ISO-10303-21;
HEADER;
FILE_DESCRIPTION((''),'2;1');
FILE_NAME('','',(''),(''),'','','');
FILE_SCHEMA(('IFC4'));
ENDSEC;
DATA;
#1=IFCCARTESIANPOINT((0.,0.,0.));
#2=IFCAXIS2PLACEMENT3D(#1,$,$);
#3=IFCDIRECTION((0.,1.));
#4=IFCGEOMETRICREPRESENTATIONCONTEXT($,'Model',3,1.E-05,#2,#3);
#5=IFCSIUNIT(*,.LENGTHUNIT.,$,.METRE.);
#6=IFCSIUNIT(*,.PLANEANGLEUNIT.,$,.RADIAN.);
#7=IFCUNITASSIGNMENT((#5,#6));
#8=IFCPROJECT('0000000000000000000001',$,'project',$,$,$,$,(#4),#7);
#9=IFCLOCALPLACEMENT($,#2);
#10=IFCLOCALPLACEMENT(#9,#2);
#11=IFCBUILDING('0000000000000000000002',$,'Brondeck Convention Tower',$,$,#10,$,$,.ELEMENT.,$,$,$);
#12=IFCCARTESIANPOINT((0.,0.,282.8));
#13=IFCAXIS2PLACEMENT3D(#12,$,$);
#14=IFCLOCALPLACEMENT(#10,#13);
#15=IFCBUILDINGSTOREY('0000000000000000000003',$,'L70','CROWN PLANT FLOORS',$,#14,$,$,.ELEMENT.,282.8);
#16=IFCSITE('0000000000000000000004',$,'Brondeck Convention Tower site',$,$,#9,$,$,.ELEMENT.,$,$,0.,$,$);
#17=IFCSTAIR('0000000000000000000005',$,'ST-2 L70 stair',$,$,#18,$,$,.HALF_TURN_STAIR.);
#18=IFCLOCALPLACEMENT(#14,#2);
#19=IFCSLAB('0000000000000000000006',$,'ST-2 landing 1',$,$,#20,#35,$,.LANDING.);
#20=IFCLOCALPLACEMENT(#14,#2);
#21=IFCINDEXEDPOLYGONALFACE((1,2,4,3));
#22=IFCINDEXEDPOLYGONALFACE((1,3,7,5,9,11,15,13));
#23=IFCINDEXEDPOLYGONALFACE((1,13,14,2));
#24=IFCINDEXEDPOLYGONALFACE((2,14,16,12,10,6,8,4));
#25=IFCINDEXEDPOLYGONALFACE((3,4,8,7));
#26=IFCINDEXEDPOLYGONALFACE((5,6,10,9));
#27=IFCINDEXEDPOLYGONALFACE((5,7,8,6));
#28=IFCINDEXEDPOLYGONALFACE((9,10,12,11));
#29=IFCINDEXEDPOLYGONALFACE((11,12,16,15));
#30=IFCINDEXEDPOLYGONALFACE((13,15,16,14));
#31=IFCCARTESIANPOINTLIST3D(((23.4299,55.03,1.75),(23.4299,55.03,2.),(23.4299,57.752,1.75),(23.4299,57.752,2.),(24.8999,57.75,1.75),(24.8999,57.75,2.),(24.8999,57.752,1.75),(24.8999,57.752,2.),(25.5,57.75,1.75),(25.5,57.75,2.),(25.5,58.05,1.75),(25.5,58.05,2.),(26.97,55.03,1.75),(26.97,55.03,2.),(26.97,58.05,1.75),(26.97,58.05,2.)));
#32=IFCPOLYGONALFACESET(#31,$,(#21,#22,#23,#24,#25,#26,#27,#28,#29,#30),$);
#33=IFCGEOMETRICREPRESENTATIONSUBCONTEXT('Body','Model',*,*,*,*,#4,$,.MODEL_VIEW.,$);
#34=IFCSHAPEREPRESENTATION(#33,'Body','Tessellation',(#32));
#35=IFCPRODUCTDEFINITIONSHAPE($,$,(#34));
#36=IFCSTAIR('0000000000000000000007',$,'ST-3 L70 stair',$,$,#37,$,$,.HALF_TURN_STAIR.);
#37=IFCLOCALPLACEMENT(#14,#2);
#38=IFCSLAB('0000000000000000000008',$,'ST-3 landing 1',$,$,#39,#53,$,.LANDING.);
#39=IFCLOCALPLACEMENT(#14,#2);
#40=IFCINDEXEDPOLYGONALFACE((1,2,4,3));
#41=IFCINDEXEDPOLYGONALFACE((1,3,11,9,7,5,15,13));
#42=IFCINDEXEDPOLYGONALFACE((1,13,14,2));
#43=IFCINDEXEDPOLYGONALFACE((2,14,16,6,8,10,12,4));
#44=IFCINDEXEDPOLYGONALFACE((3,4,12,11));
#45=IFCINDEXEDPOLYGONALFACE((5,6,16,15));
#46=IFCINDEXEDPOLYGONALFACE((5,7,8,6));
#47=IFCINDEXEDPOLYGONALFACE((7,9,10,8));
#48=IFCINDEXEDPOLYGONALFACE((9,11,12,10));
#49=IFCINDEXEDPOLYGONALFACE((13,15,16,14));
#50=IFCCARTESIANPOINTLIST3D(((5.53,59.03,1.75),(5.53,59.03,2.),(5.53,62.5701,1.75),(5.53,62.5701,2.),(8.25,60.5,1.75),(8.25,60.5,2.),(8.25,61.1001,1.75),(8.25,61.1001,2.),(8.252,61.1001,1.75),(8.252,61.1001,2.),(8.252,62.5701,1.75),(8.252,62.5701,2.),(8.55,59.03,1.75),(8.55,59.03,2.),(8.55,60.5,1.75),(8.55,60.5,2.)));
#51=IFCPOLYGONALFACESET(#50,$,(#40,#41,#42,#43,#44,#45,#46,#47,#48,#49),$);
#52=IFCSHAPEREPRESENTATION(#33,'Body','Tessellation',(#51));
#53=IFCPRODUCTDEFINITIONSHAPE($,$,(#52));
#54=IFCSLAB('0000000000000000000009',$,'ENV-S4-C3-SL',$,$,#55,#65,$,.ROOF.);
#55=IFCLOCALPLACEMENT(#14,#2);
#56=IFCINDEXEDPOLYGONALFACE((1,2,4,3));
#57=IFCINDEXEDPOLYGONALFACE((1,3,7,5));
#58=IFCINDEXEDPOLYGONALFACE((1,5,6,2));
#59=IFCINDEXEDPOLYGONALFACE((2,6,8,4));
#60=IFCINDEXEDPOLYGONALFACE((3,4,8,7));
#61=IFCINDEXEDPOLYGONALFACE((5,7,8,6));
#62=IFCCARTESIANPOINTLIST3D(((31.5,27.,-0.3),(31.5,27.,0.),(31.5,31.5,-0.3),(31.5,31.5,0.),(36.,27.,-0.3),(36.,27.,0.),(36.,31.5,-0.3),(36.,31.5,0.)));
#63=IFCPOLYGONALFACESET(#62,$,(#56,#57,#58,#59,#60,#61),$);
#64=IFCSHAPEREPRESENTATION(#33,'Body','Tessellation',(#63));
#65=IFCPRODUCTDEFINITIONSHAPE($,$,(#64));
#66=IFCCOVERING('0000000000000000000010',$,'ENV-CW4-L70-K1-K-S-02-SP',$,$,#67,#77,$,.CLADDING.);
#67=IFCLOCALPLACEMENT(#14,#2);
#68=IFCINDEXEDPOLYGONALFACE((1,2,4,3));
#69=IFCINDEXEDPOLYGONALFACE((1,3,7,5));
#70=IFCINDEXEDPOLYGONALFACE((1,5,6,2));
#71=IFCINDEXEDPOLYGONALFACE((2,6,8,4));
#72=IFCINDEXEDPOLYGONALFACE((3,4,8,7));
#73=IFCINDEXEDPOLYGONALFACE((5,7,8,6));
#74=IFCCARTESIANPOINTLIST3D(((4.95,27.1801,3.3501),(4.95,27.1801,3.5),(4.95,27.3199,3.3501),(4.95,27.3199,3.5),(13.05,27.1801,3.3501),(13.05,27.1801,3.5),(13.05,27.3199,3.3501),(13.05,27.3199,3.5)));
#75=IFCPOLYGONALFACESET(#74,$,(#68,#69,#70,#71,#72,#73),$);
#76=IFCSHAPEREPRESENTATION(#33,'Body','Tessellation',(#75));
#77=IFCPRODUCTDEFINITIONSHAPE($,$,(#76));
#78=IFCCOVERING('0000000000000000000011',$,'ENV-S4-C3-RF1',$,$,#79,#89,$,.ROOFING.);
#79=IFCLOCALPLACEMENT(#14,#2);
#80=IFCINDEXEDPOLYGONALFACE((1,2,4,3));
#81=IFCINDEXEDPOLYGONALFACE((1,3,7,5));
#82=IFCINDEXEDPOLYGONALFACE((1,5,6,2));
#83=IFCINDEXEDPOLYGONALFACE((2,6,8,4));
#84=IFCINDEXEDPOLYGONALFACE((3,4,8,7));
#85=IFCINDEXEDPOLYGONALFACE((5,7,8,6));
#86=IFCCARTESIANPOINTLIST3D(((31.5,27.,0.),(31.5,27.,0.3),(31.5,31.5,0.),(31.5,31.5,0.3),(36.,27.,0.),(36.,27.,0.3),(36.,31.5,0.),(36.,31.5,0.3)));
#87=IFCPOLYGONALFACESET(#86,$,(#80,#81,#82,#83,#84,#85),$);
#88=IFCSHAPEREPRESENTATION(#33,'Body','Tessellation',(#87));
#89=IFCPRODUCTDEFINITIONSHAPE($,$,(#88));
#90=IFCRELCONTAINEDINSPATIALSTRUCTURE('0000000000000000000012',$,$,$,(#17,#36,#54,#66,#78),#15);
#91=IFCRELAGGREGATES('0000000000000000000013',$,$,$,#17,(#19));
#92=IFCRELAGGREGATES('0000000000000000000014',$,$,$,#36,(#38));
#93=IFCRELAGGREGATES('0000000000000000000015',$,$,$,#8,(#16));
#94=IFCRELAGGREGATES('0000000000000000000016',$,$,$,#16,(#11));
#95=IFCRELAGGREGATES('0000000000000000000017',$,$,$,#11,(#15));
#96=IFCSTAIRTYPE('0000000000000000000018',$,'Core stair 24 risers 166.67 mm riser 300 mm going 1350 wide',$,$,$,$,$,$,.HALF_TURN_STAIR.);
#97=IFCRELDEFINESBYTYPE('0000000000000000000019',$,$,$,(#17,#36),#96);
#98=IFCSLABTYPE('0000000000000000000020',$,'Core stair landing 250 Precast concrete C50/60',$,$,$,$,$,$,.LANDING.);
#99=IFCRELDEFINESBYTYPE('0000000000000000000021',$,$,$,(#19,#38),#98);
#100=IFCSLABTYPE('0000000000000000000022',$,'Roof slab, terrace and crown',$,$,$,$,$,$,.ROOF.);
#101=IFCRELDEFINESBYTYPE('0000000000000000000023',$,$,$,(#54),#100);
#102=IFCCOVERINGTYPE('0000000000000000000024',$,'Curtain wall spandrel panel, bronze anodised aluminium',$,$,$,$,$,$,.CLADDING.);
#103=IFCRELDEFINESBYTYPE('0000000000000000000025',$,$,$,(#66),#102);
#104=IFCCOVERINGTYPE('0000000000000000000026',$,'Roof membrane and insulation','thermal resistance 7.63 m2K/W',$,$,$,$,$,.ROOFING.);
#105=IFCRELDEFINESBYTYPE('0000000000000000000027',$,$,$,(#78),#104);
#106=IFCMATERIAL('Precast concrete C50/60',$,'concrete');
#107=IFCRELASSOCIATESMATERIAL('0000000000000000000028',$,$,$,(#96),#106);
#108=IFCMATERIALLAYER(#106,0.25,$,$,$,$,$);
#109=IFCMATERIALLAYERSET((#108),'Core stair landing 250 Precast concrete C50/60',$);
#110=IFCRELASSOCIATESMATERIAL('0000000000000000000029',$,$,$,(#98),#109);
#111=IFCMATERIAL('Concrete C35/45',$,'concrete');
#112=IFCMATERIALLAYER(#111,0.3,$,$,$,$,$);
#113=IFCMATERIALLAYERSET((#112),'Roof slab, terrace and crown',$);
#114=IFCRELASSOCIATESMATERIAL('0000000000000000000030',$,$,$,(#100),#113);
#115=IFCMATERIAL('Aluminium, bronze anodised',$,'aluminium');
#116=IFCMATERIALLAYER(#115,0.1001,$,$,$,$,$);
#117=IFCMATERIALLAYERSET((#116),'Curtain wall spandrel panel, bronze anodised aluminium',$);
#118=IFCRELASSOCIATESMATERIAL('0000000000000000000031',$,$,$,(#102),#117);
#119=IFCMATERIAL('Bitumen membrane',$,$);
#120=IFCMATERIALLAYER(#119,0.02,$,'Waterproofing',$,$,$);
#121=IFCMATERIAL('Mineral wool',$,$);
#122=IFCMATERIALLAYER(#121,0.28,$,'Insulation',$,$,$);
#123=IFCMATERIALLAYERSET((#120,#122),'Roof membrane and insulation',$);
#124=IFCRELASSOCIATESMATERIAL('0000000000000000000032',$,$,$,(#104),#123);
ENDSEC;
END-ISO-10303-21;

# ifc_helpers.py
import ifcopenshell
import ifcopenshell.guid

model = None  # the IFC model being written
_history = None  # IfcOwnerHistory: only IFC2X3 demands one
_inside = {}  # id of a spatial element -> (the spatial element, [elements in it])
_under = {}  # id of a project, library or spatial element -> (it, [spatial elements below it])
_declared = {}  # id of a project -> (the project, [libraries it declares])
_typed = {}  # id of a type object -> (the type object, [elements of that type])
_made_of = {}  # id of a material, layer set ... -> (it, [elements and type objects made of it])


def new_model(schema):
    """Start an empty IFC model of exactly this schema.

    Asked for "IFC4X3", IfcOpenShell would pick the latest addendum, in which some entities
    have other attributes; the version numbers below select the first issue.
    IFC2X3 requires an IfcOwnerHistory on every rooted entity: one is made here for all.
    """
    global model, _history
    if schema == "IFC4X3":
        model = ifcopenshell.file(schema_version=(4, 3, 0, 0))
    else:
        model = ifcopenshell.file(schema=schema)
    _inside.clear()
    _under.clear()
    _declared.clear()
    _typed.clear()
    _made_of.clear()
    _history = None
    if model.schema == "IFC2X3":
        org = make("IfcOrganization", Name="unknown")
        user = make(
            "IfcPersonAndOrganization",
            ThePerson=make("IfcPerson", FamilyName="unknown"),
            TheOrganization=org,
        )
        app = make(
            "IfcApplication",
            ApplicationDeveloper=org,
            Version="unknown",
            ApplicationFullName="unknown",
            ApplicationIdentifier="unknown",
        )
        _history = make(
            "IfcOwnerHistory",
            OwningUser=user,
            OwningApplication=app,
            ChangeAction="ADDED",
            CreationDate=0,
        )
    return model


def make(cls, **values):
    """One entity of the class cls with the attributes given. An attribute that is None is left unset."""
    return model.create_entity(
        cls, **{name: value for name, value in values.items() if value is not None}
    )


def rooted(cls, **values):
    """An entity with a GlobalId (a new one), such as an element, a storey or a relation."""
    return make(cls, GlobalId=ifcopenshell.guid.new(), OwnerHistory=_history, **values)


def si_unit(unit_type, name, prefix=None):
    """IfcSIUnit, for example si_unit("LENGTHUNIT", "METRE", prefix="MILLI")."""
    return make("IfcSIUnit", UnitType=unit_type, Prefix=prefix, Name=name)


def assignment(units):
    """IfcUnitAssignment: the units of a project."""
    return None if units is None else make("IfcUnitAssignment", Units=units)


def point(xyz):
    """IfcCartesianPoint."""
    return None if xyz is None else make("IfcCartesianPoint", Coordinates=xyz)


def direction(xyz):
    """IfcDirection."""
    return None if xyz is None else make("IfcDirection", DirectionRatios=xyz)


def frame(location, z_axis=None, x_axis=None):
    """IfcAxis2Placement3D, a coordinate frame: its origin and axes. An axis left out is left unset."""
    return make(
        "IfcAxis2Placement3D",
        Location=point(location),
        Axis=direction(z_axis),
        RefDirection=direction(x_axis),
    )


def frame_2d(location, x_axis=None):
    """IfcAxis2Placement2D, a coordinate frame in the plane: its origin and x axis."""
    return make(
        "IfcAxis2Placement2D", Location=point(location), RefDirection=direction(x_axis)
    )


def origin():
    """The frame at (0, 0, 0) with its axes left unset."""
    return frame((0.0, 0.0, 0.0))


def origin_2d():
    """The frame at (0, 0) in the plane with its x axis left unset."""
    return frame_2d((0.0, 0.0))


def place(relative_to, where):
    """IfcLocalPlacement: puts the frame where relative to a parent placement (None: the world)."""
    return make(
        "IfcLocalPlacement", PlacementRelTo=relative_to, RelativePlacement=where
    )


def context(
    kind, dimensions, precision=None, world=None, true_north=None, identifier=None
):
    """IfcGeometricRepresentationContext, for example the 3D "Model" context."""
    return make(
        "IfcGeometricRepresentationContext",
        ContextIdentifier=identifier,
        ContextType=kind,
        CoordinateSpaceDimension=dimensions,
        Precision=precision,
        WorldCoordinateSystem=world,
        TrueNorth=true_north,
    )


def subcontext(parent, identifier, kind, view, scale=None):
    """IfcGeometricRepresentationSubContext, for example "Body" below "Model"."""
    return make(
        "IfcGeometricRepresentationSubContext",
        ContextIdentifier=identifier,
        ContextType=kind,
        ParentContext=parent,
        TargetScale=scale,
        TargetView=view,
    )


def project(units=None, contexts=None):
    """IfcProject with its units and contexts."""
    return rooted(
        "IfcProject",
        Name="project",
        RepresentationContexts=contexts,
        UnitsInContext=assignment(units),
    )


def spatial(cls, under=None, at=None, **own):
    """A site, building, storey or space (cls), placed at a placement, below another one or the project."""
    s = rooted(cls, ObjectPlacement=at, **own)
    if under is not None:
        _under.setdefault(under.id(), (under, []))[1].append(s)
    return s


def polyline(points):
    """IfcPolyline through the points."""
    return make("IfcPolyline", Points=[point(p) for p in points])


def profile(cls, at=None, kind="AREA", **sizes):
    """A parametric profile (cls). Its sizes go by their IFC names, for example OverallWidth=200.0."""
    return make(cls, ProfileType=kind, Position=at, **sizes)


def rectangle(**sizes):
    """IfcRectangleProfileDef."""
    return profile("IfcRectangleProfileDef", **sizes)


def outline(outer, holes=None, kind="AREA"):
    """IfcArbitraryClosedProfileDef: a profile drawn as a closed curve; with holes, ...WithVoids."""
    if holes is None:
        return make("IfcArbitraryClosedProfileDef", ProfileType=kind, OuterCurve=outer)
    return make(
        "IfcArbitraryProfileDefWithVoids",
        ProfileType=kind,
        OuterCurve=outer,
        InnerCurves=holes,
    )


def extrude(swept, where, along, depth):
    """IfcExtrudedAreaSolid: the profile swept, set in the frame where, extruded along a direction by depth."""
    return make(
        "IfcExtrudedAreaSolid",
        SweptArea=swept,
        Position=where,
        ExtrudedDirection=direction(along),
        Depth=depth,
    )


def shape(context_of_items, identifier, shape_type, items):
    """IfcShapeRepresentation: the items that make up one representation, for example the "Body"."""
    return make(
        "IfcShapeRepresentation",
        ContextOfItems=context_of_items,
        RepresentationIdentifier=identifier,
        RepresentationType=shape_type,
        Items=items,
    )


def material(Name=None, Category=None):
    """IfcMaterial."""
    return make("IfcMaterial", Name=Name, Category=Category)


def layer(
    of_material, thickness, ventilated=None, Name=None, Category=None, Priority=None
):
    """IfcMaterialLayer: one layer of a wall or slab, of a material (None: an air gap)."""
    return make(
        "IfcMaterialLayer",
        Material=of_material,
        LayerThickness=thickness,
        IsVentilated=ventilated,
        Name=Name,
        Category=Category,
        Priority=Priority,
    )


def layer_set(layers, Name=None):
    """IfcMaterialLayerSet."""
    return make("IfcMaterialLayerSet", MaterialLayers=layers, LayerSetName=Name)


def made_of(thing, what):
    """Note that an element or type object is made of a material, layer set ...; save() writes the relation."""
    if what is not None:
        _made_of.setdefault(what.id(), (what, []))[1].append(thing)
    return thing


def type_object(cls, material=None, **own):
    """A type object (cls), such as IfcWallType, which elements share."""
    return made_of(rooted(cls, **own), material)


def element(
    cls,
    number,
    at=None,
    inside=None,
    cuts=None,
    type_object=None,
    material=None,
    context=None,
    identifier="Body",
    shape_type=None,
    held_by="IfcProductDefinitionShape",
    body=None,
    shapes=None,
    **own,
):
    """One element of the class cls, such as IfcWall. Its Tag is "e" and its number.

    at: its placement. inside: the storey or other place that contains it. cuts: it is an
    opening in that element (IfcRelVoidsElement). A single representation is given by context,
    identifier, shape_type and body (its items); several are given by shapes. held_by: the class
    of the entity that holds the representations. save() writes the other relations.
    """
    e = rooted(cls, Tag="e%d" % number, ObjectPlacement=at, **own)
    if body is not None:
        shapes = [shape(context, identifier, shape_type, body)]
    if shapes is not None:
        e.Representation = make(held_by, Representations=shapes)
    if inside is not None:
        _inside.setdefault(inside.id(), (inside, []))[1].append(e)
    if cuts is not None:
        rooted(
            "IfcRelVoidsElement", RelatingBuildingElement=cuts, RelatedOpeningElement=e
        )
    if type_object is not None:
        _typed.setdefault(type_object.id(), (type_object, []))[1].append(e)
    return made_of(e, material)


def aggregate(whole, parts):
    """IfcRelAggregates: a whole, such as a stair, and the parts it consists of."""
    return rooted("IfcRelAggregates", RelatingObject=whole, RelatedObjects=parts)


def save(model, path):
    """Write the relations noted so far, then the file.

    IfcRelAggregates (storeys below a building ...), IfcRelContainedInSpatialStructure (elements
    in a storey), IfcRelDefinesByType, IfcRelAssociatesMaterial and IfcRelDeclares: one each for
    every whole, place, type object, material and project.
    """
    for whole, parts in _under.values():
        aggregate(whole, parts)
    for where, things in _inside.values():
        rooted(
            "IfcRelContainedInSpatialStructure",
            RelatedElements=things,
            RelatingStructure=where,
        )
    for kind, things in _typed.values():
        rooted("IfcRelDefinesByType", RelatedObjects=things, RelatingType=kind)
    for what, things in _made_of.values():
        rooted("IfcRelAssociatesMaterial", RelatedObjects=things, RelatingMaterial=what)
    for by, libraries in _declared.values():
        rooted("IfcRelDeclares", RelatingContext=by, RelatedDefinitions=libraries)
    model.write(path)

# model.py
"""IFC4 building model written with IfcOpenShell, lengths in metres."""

from ifc_helpers import new_model, si_unit, direction, frame, origin, origin_2d, place, context, subcontext, project, spatial, polyline, rectangle, outline, extrude, material, layer, layer_set, type_object, element, aggregate, save


model = new_model("IFC4")

# Units and contexts
model_context = context("Model", 3, precision=1e-05, world=origin(), true_north=direction((0.0, 1.0)))
body_context = subcontext(model_context, "Body", "Model", "MODEL_VIEW")
ifc_project = project(units=[si_unit("LENGTHUNIT", "METRE"), si_unit("PLANEANGLEUNIT", "RADIAN")], contexts=[model_context])

# Site, building, storey
site_placement = place(None, origin())
site = spatial("IfcSite", under=ifc_project, at=site_placement, Name="Brondeck Convention Tower site", CompositionType="ELEMENT", RefElevation=0.0)
building_placement = place(site_placement, origin())
building = spatial("IfcBuilding", under=site, at=building_placement, Name="Brondeck Convention Tower", CompositionType="ELEMENT")
storey_placement = place(building_placement, frame((0.0, 0.0, 282.8)))
storey = spatial("IfcBuildingStorey", under=building, at=storey_placement, Name="L70", Description="CROWN PLANT FLOORS", CompositionType="ELEMENT", Elevation=282.8)

# Shared definitions
ifc_material_1 = material(Name="Aluminium, bronze anodised", Category="aluminium")

# Stairs, slabs
ifc_material_2 = material(Name="Precast concrete C50/60", Category="concrete")
stair_type = type_object("IfcStairType", Name="Core stair 24 risers 166.67 mm riser 300 mm going 1350 wide", PredefinedType="HALF_TURN_STAIR", material=ifc_material_2)
ifc_layer_1 = layer(ifc_material_2, 0.25)
ifc_layer_set_1 = layer_set([ifc_layer_1], Name="Core stair landing 250 Precast concrete C50/60")
slab_type_1 = type_object("IfcSlabType", Name="Core stair landing 250 Precast concrete C50/60", PredefinedType="LANDING", material=ifc_layer_set_1)
stair_1_placement = place(storey_placement, origin())
stair_1 = element("IfcStair", 1, at=stair_1_placement, inside=storey, type_object=stair_type, Name="ST-2 L70 stair", PredefinedType="HALF_TURN_STAIR")
slab_1_placement = place(storey_placement, frame((0.0, 0.0, 1.75)))
slab_1 = element("IfcSlab", 2, at=slab_1_placement, type_object=slab_type_1, Name="ST-2 landing 1", PredefinedType="LANDING", context=body_context, shape_type="SweptSolid", body=[
    extrude(outline(polyline([(23.4299, 57.752), (24.8999, 57.752), (24.8999, 57.75), (25.5, 57.75), (25.5, 58.05), (26.97, 58.05), (26.97, 55.03), (23.4299, 55.03), (23.4299, 57.752)])), origin(), (0.0, 0.0, 1.0), 0.25),
])
aggregate(stair_1, [slab_1])
stair_2_placement = place(storey_placement, origin())
stair_2 = element("IfcStair", 3, at=stair_2_placement, inside=storey, type_object=stair_type, Name="ST-3 L70 stair", PredefinedType="HALF_TURN_STAIR")
slab_2_placement = place(storey_placement, frame((0.0, 0.0, 1.75)))
slab_2 = element("IfcSlab", 4, at=slab_2_placement, type_object=slab_type_1, Name="ST-3 landing 1", PredefinedType="LANDING", context=body_context, shape_type="SweptSolid", body=[
    extrude(outline(polyline([(8.55, 60.5), (8.55, 59.03), (5.53, 59.03), (5.53, 62.5701), (8.252, 62.5701), (8.252, 61.1001), (8.25, 61.1001), (8.25, 60.5), (8.55, 60.5)])), origin(), (0.0, 0.0, 1.0), 0.25),
])
aggregate(stair_2, [slab_2])

# Slab
ifc_material_3 = material(Name="Concrete C35/45", Category="concrete")
ifc_layer_2 = layer(ifc_material_3, 0.3)
ifc_layer_set_2 = layer_set([ifc_layer_2], Name="Roof slab, terrace and crown")
slab_type_2 = type_object("IfcSlabType", Name="Roof slab, terrace and crown", PredefinedType="ROOF", material=ifc_layer_set_2)
slab_3_placement = place(storey_placement, frame((0.0, 0.0, -0.3)))
element("IfcSlab", 5, at=slab_3_placement, inside=storey, type_object=slab_type_2, Name="ENV-S4-C3-SL", PredefinedType="ROOF", context=body_context, shape_type="SweptSolid", body=[
    extrude(outline(polyline([(36.0, 27.0), (36.0, 31.5), (31.5, 31.5), (31.5, 27.0), (36.0, 27.0)])), origin(), (0.0, 0.0, 1.0), 0.3),
])

# Coverings
ifc_layer_3 = layer(ifc_material_1, 0.1001)
ifc_layer_set_3 = layer_set([ifc_layer_3], Name="Curtain wall spandrel panel, bronze anodised aluminium")
covering_type_1 = type_object("IfcCoveringType", Name="Curtain wall spandrel panel, bronze anodised aluminium", PredefinedType="CLADDING", material=ifc_layer_set_3)
covering_1_placement = place(storey_placement, frame((9.0, 27.25, 3.3501), z_axis=(0.0, 0.0, 1.0), x_axis=(-1.0, 0.0, 0.0)))
element("IfcCovering", 6, at=covering_1_placement, inside=storey, type_object=covering_type_1, Name="ENV-CW4-L70-K1-K-S-02-SP", PredefinedType="CLADDING", context=body_context, shape_type="SweptSolid", body=[
    extrude(rectangle(XDim=8.1001, YDim=0.1399, at=origin_2d()), origin(), (0.0, 0.0, 1.0), 0.1499),
])
ifc_material_4 = material(Name="Bitumen membrane")
ifc_layer_4 = layer(ifc_material_4, 0.02, Name="Waterproofing")
ifc_material_5 = material(Name="Mineral wool")
ifc_layer_5 = layer(ifc_material_5, 0.28, Name="Insulation")
ifc_layer_set_4 = layer_set([ifc_layer_4, ifc_layer_5], Name="Roof membrane and insulation")
covering_type_2 = type_object("IfcCoveringType", Name="Roof membrane and insulation", Description="thermal resistance 7.63 m2K/W", PredefinedType="ROOFING", material=ifc_layer_set_4)
covering_2_placement = place(storey_placement, origin())
element("IfcCovering", 7, at=covering_2_placement, inside=storey, type_object=covering_type_2, Name="ENV-S4-C3-RF1", PredefinedType="ROOFING", context=body_context, shape_type="SweptSolid", body=[
    extrude(outline(polyline([(31.5, 27.0), (36.0, 27.0), (36.0, 31.5), (31.5, 31.5), (31.5, 27.0)])), origin(), (0.0, 0.0, 1.0), 0.3),
])

save(model, "model.ifc")
